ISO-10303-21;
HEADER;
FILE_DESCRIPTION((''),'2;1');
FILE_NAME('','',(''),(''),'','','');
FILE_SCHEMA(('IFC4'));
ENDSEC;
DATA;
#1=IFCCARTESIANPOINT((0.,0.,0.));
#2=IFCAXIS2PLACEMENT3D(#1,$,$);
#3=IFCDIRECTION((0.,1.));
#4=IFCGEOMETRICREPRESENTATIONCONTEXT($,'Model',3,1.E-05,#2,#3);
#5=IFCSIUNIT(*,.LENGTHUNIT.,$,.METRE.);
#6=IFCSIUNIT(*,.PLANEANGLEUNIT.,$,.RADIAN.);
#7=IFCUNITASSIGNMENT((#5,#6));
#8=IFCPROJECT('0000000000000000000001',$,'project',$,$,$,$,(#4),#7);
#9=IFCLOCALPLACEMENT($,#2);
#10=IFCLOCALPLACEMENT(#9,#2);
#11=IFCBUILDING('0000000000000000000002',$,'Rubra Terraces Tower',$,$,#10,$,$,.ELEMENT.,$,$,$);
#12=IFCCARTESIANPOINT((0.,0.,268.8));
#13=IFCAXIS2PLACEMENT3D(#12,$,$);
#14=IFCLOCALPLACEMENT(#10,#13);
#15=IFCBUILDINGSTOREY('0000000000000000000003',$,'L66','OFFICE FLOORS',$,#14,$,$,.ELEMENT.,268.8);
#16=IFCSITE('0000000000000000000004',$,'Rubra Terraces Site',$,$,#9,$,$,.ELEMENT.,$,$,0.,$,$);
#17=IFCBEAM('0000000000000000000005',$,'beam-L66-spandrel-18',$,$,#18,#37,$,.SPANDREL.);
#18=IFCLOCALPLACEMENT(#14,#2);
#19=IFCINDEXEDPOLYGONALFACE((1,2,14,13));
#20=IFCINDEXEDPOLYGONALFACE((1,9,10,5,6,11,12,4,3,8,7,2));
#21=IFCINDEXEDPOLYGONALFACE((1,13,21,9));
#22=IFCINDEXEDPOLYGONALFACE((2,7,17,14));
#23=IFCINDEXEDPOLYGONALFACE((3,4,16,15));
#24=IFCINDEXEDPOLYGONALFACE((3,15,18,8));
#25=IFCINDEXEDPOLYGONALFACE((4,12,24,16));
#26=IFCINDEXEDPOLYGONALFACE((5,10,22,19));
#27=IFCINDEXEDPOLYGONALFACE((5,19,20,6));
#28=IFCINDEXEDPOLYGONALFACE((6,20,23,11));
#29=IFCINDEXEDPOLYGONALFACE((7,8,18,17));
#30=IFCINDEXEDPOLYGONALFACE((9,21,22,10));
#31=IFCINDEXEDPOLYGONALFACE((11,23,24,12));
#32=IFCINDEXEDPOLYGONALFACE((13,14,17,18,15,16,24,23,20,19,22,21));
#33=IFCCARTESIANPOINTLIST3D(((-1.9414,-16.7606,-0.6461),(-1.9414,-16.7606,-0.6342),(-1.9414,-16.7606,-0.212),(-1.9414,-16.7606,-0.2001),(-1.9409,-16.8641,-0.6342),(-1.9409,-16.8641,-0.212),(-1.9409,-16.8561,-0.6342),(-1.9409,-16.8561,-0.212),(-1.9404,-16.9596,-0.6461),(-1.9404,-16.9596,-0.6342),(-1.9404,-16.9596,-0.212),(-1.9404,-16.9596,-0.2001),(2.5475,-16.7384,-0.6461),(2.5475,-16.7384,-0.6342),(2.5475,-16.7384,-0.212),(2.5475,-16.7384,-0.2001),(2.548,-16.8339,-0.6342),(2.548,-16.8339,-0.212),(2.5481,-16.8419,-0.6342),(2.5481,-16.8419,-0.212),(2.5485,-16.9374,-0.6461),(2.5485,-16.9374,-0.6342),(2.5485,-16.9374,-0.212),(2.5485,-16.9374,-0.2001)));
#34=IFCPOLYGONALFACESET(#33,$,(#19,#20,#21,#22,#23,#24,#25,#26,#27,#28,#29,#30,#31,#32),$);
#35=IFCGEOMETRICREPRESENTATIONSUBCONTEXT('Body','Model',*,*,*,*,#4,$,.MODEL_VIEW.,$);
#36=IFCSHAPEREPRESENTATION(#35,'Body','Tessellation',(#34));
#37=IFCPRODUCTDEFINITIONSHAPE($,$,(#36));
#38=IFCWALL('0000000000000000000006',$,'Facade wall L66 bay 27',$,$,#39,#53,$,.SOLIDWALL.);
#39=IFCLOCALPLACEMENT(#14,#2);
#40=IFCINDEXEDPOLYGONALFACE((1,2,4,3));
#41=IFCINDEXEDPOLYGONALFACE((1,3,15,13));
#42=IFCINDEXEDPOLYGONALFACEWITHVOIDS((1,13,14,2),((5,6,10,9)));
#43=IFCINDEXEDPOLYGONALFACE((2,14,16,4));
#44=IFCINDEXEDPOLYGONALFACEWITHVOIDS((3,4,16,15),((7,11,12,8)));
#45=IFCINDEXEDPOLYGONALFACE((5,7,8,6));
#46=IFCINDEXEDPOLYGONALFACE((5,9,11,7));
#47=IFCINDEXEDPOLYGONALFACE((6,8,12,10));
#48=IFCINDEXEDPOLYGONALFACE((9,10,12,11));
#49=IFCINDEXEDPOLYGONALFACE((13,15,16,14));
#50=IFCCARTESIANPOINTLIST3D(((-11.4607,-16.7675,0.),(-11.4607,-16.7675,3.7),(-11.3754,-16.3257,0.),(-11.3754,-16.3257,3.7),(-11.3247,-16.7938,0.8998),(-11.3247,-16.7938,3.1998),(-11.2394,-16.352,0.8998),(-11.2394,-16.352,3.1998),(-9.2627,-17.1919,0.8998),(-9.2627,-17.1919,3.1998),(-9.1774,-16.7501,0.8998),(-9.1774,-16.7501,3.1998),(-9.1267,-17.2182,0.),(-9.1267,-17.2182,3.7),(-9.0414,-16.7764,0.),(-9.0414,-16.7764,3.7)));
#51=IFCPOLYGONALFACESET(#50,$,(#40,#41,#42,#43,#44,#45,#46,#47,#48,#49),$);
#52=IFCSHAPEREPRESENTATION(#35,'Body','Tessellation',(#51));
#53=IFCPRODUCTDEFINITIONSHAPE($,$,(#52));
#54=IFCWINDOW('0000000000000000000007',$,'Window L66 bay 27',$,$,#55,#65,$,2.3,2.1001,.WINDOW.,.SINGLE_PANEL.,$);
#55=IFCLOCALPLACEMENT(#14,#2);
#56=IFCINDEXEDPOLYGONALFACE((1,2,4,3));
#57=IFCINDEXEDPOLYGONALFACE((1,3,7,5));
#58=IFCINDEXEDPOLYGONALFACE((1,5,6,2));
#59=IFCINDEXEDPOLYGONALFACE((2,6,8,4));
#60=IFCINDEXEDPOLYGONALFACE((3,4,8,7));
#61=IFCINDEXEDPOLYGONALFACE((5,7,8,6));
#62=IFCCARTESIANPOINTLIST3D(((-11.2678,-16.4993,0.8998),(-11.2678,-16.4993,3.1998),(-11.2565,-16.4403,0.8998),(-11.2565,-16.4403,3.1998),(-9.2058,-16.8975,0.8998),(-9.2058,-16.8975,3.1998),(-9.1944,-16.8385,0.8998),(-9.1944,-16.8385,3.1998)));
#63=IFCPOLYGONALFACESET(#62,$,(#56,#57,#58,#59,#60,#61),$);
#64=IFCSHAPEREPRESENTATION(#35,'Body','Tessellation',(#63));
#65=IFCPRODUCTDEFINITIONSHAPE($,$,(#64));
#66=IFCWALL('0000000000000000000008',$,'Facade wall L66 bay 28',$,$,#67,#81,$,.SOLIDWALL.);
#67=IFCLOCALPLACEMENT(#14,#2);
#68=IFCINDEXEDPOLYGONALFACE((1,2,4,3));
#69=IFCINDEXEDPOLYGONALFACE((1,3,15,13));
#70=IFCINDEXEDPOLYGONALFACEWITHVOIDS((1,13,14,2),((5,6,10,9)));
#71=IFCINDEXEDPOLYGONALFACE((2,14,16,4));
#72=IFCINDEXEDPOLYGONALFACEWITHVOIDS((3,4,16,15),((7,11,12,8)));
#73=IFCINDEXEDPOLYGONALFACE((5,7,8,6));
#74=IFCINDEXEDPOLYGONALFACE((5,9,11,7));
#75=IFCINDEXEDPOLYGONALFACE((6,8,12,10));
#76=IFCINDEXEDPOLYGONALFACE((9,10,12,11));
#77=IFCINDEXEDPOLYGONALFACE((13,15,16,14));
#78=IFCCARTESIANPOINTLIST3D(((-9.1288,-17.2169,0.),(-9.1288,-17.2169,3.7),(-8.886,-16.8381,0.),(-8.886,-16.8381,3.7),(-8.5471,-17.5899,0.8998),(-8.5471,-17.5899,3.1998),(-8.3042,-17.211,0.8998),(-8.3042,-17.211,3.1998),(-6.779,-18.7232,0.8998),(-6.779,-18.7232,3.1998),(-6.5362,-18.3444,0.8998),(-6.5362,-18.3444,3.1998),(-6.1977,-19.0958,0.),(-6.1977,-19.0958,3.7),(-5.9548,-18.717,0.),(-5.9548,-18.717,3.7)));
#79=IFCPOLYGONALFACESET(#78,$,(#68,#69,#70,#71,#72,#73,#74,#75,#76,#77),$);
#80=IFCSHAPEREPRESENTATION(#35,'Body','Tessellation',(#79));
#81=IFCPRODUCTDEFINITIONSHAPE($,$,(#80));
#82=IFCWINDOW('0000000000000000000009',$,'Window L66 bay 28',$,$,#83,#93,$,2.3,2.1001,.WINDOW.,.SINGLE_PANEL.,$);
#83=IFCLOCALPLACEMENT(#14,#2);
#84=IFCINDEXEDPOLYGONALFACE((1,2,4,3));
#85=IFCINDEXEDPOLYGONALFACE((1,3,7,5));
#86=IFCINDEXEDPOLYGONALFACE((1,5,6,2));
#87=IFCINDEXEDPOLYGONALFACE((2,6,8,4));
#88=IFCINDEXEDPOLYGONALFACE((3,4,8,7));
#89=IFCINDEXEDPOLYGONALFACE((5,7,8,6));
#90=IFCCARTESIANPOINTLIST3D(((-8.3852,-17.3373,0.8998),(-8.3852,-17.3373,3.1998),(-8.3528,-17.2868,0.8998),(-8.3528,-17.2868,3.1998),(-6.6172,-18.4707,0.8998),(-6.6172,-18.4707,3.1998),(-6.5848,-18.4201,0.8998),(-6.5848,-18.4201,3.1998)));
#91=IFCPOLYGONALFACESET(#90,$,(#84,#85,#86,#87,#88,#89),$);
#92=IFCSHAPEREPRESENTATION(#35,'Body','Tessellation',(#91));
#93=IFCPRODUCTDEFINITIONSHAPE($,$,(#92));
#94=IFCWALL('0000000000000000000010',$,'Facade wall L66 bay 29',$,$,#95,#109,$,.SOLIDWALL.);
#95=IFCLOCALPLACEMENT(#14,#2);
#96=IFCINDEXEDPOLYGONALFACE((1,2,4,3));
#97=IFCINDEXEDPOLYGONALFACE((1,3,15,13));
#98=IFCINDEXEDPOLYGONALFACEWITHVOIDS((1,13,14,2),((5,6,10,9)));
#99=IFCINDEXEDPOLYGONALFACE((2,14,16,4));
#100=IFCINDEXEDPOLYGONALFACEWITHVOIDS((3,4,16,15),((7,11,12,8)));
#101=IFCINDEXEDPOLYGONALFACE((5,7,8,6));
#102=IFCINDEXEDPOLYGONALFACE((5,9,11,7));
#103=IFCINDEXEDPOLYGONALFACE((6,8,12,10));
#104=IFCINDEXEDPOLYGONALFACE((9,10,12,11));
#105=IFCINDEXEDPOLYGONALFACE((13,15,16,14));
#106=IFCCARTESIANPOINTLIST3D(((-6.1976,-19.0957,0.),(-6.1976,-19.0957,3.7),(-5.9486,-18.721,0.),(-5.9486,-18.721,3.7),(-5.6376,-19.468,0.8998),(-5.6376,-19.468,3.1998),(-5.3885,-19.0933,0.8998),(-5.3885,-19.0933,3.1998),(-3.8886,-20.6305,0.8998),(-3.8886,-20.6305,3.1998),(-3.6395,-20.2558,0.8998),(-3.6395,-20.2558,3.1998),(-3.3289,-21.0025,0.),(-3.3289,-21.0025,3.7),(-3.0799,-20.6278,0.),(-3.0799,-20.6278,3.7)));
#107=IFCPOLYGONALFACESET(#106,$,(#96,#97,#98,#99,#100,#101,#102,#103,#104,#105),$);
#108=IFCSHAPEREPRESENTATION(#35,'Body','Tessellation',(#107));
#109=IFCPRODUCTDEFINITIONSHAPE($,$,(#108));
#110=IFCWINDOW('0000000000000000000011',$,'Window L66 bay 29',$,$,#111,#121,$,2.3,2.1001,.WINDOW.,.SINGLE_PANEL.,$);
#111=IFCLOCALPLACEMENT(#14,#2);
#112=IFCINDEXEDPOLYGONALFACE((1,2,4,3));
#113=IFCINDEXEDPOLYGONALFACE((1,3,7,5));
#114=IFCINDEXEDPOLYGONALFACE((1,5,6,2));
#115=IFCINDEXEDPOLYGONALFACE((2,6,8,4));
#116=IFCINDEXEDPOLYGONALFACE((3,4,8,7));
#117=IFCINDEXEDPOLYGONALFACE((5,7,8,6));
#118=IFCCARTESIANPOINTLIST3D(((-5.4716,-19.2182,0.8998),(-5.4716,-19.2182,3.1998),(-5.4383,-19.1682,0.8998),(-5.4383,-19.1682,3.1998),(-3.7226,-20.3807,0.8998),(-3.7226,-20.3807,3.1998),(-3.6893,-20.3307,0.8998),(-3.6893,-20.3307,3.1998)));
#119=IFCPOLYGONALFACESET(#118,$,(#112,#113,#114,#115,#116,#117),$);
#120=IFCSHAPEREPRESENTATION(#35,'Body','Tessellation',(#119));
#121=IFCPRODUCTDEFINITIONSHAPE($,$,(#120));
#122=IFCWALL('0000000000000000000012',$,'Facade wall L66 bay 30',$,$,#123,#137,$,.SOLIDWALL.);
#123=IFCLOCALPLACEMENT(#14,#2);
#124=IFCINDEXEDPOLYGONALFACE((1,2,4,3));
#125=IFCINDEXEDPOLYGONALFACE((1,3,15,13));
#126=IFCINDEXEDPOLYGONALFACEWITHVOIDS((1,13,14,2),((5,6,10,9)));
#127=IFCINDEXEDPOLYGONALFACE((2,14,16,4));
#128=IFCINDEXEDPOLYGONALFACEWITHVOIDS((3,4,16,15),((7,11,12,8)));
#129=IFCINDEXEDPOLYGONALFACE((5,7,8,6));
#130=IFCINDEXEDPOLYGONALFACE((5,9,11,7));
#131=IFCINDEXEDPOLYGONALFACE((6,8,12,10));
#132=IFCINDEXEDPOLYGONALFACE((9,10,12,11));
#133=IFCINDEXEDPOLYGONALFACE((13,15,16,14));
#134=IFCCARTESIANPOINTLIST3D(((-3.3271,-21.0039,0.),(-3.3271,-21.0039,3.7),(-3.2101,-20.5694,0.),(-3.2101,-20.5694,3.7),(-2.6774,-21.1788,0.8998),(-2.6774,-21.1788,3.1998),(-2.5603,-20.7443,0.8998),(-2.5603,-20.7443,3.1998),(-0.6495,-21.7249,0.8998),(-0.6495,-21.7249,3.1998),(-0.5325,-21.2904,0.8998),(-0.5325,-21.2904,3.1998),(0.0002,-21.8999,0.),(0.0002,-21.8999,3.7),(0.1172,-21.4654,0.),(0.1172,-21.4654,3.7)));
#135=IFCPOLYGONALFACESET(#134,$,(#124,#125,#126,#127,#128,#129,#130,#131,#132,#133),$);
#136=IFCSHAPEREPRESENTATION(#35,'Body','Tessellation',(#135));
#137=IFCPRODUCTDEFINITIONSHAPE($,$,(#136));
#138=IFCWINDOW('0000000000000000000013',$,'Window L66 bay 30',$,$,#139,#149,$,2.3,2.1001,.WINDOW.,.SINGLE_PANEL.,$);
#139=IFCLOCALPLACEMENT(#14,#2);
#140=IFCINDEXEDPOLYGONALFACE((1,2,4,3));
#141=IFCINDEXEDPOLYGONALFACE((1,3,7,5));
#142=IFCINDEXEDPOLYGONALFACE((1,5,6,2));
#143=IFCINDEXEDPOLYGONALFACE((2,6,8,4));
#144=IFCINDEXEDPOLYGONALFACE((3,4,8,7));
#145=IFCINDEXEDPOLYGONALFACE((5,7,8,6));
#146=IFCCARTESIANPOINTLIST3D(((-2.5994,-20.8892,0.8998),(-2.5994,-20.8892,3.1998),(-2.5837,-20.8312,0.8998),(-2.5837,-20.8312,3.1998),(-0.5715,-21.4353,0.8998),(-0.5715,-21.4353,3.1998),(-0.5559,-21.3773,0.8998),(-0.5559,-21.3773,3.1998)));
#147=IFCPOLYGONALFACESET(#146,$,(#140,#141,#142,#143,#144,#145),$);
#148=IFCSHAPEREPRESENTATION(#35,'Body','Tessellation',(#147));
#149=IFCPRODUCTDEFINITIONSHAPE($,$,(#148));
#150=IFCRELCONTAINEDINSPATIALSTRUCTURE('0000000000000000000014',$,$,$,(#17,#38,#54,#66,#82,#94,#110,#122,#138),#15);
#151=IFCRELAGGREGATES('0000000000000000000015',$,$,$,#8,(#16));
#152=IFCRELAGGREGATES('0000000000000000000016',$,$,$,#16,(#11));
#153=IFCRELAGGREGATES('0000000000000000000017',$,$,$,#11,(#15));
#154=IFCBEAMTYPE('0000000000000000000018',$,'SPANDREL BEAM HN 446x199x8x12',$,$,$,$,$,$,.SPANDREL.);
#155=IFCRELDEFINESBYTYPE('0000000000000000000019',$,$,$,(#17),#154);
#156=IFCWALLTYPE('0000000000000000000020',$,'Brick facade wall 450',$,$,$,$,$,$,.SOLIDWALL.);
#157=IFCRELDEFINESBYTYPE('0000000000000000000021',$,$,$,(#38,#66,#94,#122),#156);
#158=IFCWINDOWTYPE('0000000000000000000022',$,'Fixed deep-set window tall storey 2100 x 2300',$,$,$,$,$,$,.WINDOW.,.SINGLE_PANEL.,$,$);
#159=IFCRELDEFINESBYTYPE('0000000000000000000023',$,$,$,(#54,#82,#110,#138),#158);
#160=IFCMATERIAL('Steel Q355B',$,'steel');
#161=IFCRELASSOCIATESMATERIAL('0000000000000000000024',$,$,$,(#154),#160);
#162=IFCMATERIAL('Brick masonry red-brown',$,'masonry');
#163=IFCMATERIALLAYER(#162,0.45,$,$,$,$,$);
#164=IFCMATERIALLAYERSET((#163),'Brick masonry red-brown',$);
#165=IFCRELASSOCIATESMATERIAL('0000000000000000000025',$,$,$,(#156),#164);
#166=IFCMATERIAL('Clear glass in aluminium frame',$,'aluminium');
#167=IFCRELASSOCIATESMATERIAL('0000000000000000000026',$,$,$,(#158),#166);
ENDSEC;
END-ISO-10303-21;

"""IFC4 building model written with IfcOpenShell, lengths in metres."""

from ifc_helpers import new_model, si_unit, direction, frame, frame_2d, origin, origin_2d, place, context, subcontext, project, spatial, rectangle, i_section, extrude, material, layer, layer_set, material_profile, profile_set, type_object, element, fill, save


model = new_model("IFC4")

# Units and contexts
model_context = context("Model", 3, precision=1e-05, world=origin(), true_north=direction((0.0, 1.0)))
body_context = subcontext(model_context, "Body", "Model", "MODEL_VIEW")
ifc_project = project(units=[si_unit("LENGTHUNIT", "METRE"), si_unit("PLANEANGLEUNIT", "RADIAN")], contexts=[model_context])

# Site, building, storey
site_placement = place(None, origin())
site = spatial("IfcSite", under=ifc_project, at=site_placement, Name="Rubra Terraces Site", CompositionType="ELEMENT", RefElevation=0.0)
building_placement = place(site_placement, origin())
building = spatial("IfcBuilding", under=site, at=building_placement, Name="Rubra Terraces Tower", CompositionType="ELEMENT")
storey_placement = place(building_placement, frame((0.0, 0.0, 268.8)))
storey = spatial("IfcBuildingStorey", under=building, at=storey_placement, Name="L66", Description="OFFICE FLOORS", CompositionType="ELEMENT", Elevation=268.8)

# Beam
ifc_material_1 = material(Name="Steel Q355B", Category="steel")
ifc_material_profile_1 = material_profile(ifc_material_1, i_section(OverallWidth=0.199, OverallDepth=0.446, WebThickness=0.0081, FlangeThickness=0.012, at=origin_2d()), Name="HN 446x199x8x12")
ifc_profile_set_1 = profile_set([ifc_material_profile_1], Name="Steel Q355B")
beam_type_1 = type_object("IfcBeamType", Name="SPANDREL BEAM HN 446x199x8x12", PredefinedType="SPANDREL", material=ifc_profile_set_1)
beam_1_placement = place(storey_placement, frame((-1.9409, -16.8601, -0.4231), z_axis=(0.999988, 0.004949, 0.0), x_axis=(-0.004949, 0.999988, 0.0)))
element("IfcBeam", 1, at=beam_1_placement, inside=storey, type_object=beam_type_1, Name="beam-L66-spandrel-18", PredefinedType="SPANDREL", context=body_context, shape_type="SweptSolid", body=[
    extrude(i_section(OverallWidth=0.199, OverallDepth=0.446, WebThickness=0.0081, FlangeThickness=0.012, at=origin_2d()), origin(), (0.0, 0.0, 1.0), 4.489),
])

# Walls, openings, windows
ifc_material_2 = material(Name="Brick masonry red-brown", Category="masonry")
ifc_layer_1 = layer(ifc_material_2, 0.45)
ifc_layer_set_1 = layer_set([ifc_layer_1], Name="Brick masonry red-brown")
wall_type_1 = type_object("IfcWallType", Name="Brick facade wall 450", PredefinedType="SOLIDWALL", material=ifc_layer_set_1)
wall_1_placement = place(storey_placement, frame((-11.418, -16.5466, 0.0), z_axis=(0.0, 0.0, 1.0), x_axis=(0.981863, -0.189594, 0.0)))
wall_1 = element("IfcWall", 2, at=wall_1_placement, inside=storey, type_object=wall_type_1, Name="Facade wall L66 bay 27", PredefinedType="SOLIDWALL", context=body_context, shape_type="SweptSolid", body=[
    extrude(rectangle(XDim=2.3772, YDim=0.45, at=frame_2d((1.1885, 0.0))), origin(), (0.0, 0.0, 1.0), 3.7),
])
opening_1_placement = place(wall_1_placement, frame((0.1384, 0.0, 0.8999)))
opening_1 = element("IfcOpeningElement", 3, at=opening_1_placement, cuts=wall_1, PredefinedType="OPENING", context=body_context, shape_type="SweptSolid", body=[
    extrude(rectangle(XDim=2.1001, YDim=2.3, at=frame_2d((1.05, 1.1499))), frame((0.0, 0.2349, 0.0), z_axis=(0.0, -1.0, 0.0), x_axis=(1.0, 0.0, 0.0)), (0.0, 0.0, 1.0), 0.47),
])
ifc_material_3 = material(Name="Clear glass in aluminium frame", Category="aluminium")
window_type = type_object("IfcWindowType", Name="Fixed deep-set window tall storey 2100 x 2300", PartitioningType="SINGLE_PANEL", PredefinedType="WINDOW", material=ifc_material_3)
window_1_placement = place(opening_1_placement, origin())
window_1 = element("IfcWindow", 4, at=window_1_placement, inside=storey, type_object=window_type, Name="Window L66 bay 27", OverallHeight=2.3, OverallWidth=2.1001, PartitioningType="SINGLE_PANEL", PredefinedType="WINDOW", context=body_context, shape_type="SweptSolid", body=[
    extrude(rectangle(XDim=2.1001, YDim=2.3, at=frame_2d((1.05, 1.1499))), frame((0.0, 0.135, 0.0), z_axis=(0.0, -1.0, 0.0), x_axis=(1.0, 0.0, 0.0)), (0.0, 0.0, 1.0), 0.0601),
])
fill(opening_1, window_1)
wall_2_placement = place(storey_placement, frame((-9.0073, -17.0276, 0.0), z_axis=(0.0, 0.0, 1.0), x_axis=(0.841884, -0.539658, 0.0)))
wall_2 = element("IfcWall", 5, at=wall_2_placement, inside=storey, type_object=wall_type_1, Name="Facade wall L66 bay 28", PredefinedType="SOLIDWALL", context=body_context, shape_type="SweptSolid", body=[
    extrude(rectangle(XDim=3.4817, YDim=0.45, at=frame_2d((1.7407, 0.0))), origin(), (0.0, 0.0, 1.0), 3.7),
])
opening_2_placement = place(wall_2_placement, frame((0.6909, 0.0, 0.8999)))
opening_2 = element("IfcOpeningElement", 6, at=opening_2_placement, cuts=wall_2, PredefinedType="OPENING", context=body_context, shape_type="SweptSolid", body=[
    extrude(rectangle(XDim=2.1001, YDim=2.3, at=frame_2d((1.05, 1.1499))), frame((0.0, 0.2349, 0.0), z_axis=(0.0, -1.0, 0.0), x_axis=(1.0, 0.0, 0.0)), (0.0, 0.0, 1.0), 0.47),
])
window_2_placement = place(opening_2_placement, origin())
window_2 = element("IfcWindow", 7, at=window_2_placement, inside=storey, type_object=window_type, Name="Window L66 bay 28", OverallHeight=2.3, OverallWidth=2.1001, PartitioningType="SINGLE_PANEL", PredefinedType="WINDOW", context=body_context, shape_type="SweptSolid", body=[
    extrude(rectangle(XDim=2.1001, YDim=2.3, at=frame_2d((1.05, 1.1499))), frame((0.0, 0.135, 0.0), z_axis=(0.0, -1.0, 0.0), x_axis=(1.0, 0.0, 0.0)), (0.0, 0.0, 1.0), 0.0601),
])
fill(opening_2, window_2)
wall_3_placement = place(storey_placement, frame((-6.073, -18.9084, 0.0), z_axis=(0.0, 0.0, 1.0), x_axis=(0.832813, -0.553555, 0.0)))
wall_3 = element("IfcWall", 8, at=wall_3_placement, inside=storey, type_object=wall_type_1, Name="Facade wall L66 bay 29", PredefinedType="SOLIDWALL", context=body_context, shape_type="SweptSolid", body=[
    extrude(rectangle(XDim=3.4446, YDim=0.45, at=frame_2d((1.7222, 0.0))), origin(), (0.0, 0.0, 1.0), 3.7),
])
opening_3_placement = place(wall_3_placement, frame((0.6724, 0.0, 0.8999)))
opening_3 = element("IfcOpeningElement", 9, at=opening_3_placement, cuts=wall_3, PredefinedType="OPENING", context=body_context, shape_type="SweptSolid", body=[
    extrude(rectangle(XDim=2.1001, YDim=2.3, at=frame_2d((1.05, 1.1499))), frame((0.0, 0.2349, 0.0), z_axis=(0.0, -1.0, 0.0), x_axis=(1.0, 0.0, 0.0)), (0.0, 0.0, 1.0), 0.47),
])
window_3_placement = place(opening_3_placement, origin())
window_3 = element("IfcWindow", 10, at=window_3_placement, inside=storey, type_object=window_type, Name="Window L66 bay 29", OverallHeight=2.3, OverallWidth=2.1001, PartitioningType="SINGLE_PANEL", PredefinedType="WINDOW", context=body_context, shape_type="SweptSolid", body=[
    extrude(rectangle(XDim=2.1001, YDim=2.3, at=frame_2d((1.05, 1.1499))), frame((0.0, 0.135, 0.0), z_axis=(0.0, -1.0, 0.0), x_axis=(1.0, 0.0, 0.0)), (0.0, 0.0, 1.0), 0.0601),
])
fill(opening_3, window_3)
wall_4_placement = place(storey_placement, frame((-3.2686, -20.7866, 0.0), z_axis=(0.0, 0.0, 1.0), x_axis=(0.965599, -0.260034, 0.0)))
wall_4 = element("IfcWall", 11, at=wall_4_placement, inside=storey, type_object=wall_type_1, Name="Facade wall L66 bay 30", PredefinedType="SOLIDWALL", context=body_context, shape_type="SweptSolid", body=[
    extrude(rectangle(XDim=3.4458, YDim=0.45, at=frame_2d((1.7229, 0.0))), origin(), (0.0, 0.0, 1.0), 3.7),
])
opening_4_placement = place(wall_4_placement, frame((0.6729, 0.0, 0.8999)))
opening_4 = element("IfcOpeningElement", 12, at=opening_4_placement, cuts=wall_4, PredefinedType="OPENING", context=body_context, shape_type="SweptSolid", body=[
    extrude(rectangle(XDim=2.1001, YDim=2.3, at=frame_2d((1.05, 1.1499))), frame((0.0, 0.2349, 0.0), z_axis=(0.0, -1.0, 0.0), x_axis=(1.0, 0.0, 0.0)), (0.0, 0.0, 1.0), 0.47),
])
window_4_placement = place(opening_4_placement, origin())
window_4 = element("IfcWindow", 13, at=window_4_placement, inside=storey, type_object=window_type, Name="Window L66 bay 30", OverallHeight=2.3, OverallWidth=2.1001, PartitioningType="SINGLE_PANEL", PredefinedType="WINDOW", context=body_context, shape_type="SweptSolid", body=[
    extrude(rectangle(XDim=2.1001, YDim=2.3, at=frame_2d((1.05, 1.1499))), frame((0.0, 0.135, 0.0), z_axis=(0.0, -1.0, 0.0), x_axis=(1.0, 0.0, 0.0)), (0.0, 0.0, 1.0), 0.0601),
])
fill(opening_4, window_4)

save(model, "model.ifc")
